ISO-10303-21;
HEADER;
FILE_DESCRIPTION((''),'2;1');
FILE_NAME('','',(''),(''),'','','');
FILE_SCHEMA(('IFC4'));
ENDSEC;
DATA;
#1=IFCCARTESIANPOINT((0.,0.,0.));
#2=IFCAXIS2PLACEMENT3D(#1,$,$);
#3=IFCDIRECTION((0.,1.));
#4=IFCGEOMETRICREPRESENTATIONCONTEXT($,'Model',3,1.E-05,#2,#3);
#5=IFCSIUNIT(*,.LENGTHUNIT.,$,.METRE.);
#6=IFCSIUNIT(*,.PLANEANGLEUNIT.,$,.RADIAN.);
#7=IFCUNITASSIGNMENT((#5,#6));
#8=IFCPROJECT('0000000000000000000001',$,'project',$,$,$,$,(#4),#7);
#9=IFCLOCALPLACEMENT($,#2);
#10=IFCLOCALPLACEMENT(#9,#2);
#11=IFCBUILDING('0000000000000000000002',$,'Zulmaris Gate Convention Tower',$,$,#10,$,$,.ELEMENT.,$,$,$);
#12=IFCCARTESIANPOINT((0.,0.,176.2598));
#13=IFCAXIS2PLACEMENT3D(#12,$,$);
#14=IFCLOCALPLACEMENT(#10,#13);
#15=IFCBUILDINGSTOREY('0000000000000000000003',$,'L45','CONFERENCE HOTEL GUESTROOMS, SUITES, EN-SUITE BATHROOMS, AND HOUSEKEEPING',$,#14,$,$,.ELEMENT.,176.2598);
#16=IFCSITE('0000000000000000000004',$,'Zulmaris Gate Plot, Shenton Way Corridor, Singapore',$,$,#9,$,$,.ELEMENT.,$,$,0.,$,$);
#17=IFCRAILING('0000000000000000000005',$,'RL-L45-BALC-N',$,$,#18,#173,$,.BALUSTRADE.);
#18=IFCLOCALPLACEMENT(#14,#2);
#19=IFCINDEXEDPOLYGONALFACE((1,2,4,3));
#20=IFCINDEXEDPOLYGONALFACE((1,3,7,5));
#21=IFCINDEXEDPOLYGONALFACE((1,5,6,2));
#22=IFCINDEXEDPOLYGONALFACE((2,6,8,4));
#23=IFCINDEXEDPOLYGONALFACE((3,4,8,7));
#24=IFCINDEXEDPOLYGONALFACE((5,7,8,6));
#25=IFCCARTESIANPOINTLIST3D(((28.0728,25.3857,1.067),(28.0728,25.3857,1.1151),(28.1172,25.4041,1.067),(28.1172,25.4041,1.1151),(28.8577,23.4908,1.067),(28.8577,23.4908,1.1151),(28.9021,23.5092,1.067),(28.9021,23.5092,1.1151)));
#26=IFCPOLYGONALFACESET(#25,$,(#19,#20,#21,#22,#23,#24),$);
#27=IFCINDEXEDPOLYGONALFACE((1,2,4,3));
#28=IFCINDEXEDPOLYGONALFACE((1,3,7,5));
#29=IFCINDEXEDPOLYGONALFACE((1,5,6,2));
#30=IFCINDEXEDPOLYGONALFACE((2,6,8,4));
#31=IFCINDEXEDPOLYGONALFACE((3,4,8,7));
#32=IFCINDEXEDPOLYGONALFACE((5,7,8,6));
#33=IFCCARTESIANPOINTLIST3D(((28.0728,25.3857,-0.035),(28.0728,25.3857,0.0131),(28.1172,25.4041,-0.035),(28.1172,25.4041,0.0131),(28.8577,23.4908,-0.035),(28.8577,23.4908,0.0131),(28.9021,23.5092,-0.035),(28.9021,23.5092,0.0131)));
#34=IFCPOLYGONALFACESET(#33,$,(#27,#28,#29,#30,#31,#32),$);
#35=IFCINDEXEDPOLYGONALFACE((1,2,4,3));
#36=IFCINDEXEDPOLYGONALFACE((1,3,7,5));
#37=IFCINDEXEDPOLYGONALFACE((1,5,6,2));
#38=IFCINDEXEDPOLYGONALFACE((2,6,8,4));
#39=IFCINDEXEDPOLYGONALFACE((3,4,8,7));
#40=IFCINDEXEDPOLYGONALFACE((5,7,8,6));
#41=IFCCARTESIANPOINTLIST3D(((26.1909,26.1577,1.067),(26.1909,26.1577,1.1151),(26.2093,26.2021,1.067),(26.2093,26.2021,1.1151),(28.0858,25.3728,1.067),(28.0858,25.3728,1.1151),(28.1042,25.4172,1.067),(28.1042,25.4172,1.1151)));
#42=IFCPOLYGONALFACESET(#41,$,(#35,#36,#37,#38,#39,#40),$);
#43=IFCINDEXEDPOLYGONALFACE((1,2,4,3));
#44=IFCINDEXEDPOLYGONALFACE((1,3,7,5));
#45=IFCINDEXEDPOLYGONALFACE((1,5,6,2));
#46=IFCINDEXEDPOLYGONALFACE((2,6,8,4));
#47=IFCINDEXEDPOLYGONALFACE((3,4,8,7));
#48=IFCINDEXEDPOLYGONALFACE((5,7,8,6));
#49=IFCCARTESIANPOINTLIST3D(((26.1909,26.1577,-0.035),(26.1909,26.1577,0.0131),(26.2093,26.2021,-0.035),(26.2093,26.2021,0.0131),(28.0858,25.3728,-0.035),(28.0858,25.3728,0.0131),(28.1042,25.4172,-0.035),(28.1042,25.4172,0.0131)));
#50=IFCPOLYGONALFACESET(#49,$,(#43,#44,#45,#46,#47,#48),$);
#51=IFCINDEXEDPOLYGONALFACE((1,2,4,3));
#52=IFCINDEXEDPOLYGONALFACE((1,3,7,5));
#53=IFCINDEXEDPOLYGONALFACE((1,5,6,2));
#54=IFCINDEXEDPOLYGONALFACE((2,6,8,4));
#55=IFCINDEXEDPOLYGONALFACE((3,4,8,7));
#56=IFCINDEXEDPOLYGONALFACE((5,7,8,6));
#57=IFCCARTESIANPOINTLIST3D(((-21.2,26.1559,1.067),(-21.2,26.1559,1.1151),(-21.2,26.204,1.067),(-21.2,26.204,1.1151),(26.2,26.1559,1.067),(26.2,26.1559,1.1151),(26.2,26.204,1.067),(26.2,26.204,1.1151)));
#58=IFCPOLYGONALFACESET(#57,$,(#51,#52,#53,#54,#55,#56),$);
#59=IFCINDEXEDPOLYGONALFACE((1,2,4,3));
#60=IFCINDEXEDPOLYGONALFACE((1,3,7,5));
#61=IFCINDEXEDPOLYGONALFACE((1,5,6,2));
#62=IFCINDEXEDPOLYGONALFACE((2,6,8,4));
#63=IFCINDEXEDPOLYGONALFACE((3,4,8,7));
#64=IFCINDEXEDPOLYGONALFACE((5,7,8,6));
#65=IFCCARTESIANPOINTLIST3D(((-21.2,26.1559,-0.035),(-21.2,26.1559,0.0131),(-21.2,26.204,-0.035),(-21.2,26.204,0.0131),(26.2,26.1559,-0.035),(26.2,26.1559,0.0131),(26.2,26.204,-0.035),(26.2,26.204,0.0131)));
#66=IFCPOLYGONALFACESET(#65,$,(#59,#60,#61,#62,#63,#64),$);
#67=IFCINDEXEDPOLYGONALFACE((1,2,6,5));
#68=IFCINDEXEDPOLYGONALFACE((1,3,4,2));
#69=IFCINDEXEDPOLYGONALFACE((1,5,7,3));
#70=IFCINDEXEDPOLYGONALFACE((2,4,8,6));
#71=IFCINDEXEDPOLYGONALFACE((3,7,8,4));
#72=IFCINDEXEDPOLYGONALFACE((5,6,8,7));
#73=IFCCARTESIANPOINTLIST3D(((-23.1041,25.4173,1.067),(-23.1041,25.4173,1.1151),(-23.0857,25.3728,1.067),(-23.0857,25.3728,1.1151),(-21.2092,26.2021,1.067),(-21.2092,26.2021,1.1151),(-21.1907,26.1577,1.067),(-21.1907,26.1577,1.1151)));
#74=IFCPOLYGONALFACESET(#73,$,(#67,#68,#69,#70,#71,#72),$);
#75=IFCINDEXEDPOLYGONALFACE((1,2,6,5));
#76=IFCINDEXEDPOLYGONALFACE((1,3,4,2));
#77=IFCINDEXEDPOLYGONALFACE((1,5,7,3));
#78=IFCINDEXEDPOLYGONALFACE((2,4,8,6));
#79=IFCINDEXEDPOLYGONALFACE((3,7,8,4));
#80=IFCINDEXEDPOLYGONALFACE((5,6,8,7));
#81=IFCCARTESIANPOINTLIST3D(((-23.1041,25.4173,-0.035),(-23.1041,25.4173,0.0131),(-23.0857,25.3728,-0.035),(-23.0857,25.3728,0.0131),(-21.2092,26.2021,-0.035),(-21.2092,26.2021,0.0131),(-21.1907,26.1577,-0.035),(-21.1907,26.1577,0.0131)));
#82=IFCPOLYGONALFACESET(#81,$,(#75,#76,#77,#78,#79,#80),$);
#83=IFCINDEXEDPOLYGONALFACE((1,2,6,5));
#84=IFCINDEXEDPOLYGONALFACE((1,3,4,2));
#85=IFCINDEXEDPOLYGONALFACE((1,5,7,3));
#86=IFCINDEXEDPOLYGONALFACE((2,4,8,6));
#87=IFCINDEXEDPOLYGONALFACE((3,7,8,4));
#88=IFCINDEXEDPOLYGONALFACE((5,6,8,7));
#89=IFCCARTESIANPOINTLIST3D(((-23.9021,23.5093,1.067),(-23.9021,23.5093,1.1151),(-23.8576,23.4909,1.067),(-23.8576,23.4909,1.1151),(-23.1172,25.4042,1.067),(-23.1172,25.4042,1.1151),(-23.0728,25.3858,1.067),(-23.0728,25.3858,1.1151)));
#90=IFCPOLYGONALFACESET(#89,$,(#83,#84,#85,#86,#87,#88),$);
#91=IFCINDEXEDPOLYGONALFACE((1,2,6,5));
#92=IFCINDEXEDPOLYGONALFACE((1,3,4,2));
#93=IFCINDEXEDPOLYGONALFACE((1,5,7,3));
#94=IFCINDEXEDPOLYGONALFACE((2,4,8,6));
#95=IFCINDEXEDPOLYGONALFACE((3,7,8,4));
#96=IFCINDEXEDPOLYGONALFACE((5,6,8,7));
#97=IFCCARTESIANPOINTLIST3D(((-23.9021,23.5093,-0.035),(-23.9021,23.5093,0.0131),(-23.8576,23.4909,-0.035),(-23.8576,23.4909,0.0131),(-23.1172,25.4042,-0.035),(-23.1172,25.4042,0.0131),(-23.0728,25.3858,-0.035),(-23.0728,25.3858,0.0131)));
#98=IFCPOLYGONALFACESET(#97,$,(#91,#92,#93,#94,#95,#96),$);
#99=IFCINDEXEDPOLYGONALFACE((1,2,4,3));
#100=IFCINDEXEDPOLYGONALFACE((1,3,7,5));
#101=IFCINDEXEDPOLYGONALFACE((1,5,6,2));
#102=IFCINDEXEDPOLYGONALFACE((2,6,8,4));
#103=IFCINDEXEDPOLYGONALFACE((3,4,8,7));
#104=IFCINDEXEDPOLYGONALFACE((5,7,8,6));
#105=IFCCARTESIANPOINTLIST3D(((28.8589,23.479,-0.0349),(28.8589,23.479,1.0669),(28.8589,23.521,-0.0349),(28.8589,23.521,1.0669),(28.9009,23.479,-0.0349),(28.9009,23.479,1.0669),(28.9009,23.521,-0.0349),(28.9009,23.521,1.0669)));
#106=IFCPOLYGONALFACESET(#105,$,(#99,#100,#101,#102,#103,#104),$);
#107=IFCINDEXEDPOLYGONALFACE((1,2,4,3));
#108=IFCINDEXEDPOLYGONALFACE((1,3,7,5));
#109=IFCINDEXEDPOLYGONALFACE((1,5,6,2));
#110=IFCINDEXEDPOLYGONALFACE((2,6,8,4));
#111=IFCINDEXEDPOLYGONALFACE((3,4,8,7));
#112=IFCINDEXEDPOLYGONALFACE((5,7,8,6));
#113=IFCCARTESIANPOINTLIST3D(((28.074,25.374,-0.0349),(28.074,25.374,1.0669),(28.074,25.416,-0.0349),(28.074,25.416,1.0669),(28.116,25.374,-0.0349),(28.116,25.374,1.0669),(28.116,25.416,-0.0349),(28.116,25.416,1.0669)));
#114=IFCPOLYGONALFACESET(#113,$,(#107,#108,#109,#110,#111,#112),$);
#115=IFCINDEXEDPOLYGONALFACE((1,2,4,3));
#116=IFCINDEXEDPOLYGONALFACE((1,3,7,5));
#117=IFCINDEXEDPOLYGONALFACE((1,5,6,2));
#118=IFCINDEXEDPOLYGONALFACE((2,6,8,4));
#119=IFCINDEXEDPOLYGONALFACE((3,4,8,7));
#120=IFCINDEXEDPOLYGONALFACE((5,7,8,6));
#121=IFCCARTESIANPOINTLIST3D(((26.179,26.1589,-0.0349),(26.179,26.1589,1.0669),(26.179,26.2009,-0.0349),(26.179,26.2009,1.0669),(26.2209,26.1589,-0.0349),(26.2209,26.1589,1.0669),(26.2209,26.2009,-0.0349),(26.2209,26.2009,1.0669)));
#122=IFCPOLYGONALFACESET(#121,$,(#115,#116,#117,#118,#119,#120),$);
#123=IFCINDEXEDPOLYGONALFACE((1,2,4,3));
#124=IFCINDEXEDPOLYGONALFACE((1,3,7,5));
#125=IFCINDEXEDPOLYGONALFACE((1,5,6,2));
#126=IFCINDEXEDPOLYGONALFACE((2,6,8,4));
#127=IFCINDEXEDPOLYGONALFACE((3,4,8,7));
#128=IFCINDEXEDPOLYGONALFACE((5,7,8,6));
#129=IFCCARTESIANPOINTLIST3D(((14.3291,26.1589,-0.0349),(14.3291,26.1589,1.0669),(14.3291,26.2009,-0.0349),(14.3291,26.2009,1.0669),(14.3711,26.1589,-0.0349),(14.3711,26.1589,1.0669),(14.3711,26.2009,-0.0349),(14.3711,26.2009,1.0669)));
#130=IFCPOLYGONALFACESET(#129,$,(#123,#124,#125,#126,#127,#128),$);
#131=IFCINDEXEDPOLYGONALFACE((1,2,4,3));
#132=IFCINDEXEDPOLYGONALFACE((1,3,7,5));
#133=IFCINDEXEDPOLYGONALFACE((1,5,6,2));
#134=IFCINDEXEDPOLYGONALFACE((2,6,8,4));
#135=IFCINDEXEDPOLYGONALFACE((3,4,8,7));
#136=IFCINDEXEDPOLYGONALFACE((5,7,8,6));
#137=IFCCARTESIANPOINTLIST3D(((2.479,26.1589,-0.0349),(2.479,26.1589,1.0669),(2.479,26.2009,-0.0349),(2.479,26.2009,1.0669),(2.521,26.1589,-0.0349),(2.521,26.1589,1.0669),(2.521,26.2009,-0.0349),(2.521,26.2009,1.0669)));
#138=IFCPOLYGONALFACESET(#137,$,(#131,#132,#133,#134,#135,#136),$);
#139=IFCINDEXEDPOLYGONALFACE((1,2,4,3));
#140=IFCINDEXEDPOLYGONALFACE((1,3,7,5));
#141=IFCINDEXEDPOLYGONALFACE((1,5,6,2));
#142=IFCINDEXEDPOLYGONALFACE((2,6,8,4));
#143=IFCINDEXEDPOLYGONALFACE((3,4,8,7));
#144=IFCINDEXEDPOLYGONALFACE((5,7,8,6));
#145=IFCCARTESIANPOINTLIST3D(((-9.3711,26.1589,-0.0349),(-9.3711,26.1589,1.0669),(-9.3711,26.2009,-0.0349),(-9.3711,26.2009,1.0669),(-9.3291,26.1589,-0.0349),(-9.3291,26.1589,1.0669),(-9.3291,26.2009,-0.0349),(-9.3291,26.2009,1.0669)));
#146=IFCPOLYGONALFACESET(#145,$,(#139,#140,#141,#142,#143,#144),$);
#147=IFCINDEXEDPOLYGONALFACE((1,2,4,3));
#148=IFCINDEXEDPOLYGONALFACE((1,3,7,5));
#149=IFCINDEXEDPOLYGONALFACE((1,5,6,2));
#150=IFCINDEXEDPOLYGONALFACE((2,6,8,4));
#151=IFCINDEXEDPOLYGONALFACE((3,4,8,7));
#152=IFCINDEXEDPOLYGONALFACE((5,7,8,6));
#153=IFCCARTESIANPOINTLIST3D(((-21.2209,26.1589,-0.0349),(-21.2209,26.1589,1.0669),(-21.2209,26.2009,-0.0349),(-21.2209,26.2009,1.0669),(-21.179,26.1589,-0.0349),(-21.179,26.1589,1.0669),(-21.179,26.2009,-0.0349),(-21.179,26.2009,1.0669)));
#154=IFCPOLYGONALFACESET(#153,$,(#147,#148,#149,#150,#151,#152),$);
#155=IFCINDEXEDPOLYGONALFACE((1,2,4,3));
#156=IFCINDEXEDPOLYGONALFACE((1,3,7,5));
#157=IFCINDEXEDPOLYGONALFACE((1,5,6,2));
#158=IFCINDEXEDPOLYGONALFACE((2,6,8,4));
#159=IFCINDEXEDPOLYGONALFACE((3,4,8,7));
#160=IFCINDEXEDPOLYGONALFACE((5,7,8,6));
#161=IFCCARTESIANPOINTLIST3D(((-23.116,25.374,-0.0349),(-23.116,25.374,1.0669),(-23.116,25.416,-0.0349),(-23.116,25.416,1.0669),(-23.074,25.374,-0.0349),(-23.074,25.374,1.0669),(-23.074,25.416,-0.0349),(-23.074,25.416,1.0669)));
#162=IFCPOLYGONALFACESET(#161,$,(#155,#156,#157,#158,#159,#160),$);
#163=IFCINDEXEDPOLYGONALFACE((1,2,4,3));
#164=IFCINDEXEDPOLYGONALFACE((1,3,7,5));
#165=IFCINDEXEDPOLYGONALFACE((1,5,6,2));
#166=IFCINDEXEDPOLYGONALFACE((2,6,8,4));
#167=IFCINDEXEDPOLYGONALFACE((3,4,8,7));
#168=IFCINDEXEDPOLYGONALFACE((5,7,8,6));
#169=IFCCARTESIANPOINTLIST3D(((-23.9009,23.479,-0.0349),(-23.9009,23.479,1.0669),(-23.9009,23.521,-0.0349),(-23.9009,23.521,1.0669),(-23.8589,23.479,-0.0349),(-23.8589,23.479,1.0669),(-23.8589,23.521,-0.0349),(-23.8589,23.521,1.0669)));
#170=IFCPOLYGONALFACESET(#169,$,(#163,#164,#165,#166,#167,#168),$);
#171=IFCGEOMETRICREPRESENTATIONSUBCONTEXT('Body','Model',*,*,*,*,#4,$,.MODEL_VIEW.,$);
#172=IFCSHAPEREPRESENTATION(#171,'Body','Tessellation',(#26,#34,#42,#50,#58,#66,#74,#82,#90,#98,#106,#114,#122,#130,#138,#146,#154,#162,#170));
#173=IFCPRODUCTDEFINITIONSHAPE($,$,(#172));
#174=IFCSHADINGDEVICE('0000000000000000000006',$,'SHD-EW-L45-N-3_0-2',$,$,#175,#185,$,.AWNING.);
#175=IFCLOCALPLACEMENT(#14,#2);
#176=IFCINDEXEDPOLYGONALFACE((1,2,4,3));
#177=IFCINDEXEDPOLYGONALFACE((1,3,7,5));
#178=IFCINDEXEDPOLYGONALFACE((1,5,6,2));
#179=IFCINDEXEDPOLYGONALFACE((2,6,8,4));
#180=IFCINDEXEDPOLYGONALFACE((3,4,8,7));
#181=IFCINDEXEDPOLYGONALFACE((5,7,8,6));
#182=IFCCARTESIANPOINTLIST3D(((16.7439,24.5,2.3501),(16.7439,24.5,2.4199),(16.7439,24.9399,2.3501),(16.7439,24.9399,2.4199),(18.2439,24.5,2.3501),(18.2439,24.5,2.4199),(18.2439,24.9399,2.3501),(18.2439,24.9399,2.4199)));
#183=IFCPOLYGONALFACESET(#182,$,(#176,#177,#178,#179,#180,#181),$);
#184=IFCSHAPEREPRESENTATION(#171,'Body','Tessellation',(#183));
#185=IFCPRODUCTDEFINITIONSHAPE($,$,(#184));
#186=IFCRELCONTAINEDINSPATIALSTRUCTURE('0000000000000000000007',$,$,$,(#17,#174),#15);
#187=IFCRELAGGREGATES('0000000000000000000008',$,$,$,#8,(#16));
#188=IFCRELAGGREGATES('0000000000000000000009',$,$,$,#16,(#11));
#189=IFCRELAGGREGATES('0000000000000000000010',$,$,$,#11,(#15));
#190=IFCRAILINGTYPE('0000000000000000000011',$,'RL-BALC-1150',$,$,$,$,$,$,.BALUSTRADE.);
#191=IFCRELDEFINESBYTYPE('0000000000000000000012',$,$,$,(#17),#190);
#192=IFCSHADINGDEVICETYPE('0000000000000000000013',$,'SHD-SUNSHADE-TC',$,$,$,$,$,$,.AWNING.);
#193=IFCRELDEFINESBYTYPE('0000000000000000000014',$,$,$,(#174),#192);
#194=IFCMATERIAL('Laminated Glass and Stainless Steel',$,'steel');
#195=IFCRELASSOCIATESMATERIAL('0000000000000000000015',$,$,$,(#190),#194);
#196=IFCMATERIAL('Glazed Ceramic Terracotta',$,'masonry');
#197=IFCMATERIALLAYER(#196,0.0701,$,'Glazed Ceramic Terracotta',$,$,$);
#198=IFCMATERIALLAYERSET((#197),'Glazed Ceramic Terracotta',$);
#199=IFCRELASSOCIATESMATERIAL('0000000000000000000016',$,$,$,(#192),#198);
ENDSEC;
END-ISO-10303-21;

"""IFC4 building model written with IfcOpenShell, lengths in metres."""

from ifc_helpers import new_model, si_unit, direction, frame, frame_2d, origin, origin_2d, place, context, subcontext, project, spatial, rectangle, extrude, material, layer, layer_set, type_object, element, save


model = new_model("IFC4")

# Units and contexts
model_context = context("Model", 3, precision=1e-05, world=origin(), true_north=direction((0.0, 1.0)))
body_context = subcontext(model_context, "Body", "Model", "MODEL_VIEW")
ifc_project = project(units=[si_unit("LENGTHUNIT", "METRE"), si_unit("PLANEANGLEUNIT", "RADIAN")], contexts=[model_context])

# Site, building, storey
site_placement = place(None, origin())
site = spatial("IfcSite", under=ifc_project, at=site_placement, Name="Zulmaris Gate Plot, Shenton Way Corridor, Singapore", CompositionType="ELEMENT", RefElevation=0.0)
building_placement = place(site_placement, origin())
building = spatial("IfcBuilding", under=site, at=building_placement, Name="Zulmaris Gate Convention Tower", CompositionType="ELEMENT")
storey_placement = place(building_placement, frame((0.0, 0.0, 176.2598)))
storey = spatial("IfcBuildingStorey", under=building, at=storey_placement, Name="L45", Description="CONFERENCE HOTEL GUESTROOMS, SUITES, EN-SUITE BATHROOMS, AND HOUSEKEEPING", CompositionType="ELEMENT", Elevation=176.2598)

# Railing
ifc_material_1 = material(Name="Laminated Glass and Stainless Steel", Category="steel")
railing_type = type_object("IfcRailingType", Name="RL-BALC-1150", PredefinedType="BALUSTRADE", material=ifc_material_1)
railing_placement = place(storey_placement, frame((28.8799, 23.5, -0.0349)))
element("IfcRailing", 1, at=railing_placement, inside=storey, type_object=railing_type, Name="RL-L45-BALC-N", PredefinedType="BALUSTRADE", context=body_context, shape_type="SweptSolid", body=[
    extrude(rectangle(XDim=0.0481, YDim=0.0481, at=origin_2d()), frame((0.0, 0.0, 1.126), z_axis=(-0.382671, 0.923885, 0.0), x_axis=(-0.923885, -0.382671, 0.0)), (0.0, 0.0, 1.0), 2.051),
    extrude(rectangle(XDim=0.0481, YDim=0.0481, at=origin_2d()), frame((0.0, 0.0, 0.0239), z_axis=(-0.382671, 0.923885, 0.0), x_axis=(-0.923885, -0.382671, 0.0)), (0.0, 0.0, 1.0), 2.051),
    extrude(rectangle(XDim=0.0481, YDim=0.0481, at=origin_2d()), frame((-0.7849, 1.895, 1.126), z_axis=(-0.923885, 0.382671, 0.0), x_axis=(-0.382671, -0.923885, 0.0)), (0.0, 0.0, 1.0), 2.051),
    extrude(rectangle(XDim=0.0481, YDim=0.0481, at=origin_2d()), frame((-0.7849, 1.895, 0.0239), z_axis=(-0.923885, 0.382671, 0.0), x_axis=(-0.382671, -0.923885, 0.0)), (0.0, 0.0, 1.0), 2.051),
    extrude(rectangle(XDim=0.0481, YDim=0.0481, at=origin_2d()), frame((-2.6799, 2.6799, 1.126), z_axis=(-1.0, 0.0, 0.0), x_axis=(0.0, -1.0, 0.0)), (0.0, 0.0, 1.0), 47.3999),
    extrude(rectangle(XDim=0.0481, YDim=0.0481, at=origin_2d()), frame((-2.6799, 2.6799, 0.0239), z_axis=(-1.0, 0.0, 0.0), x_axis=(0.0, -1.0, 0.0)), (0.0, 0.0, 1.0), 47.3999),
    extrude(rectangle(XDim=0.0481, YDim=0.0481, at=origin_2d()), frame((-50.0798, 2.6799, 1.126), z_axis=(-0.923885, -0.382671, 0.0), x_axis=(0.382671, -0.923885, 0.0)), (0.0, 0.0, 1.0), 2.051),
    extrude(rectangle(XDim=0.0481, YDim=0.0481, at=origin_2d()), frame((-50.0798, 2.6799, 0.0239), z_axis=(-0.923885, -0.382671, 0.0), x_axis=(0.382671, -0.923885, 0.0)), (0.0, 0.0, 1.0), 2.051),
    extrude(rectangle(XDim=0.0481, YDim=0.0481, at=origin_2d()), frame((-51.9749, 1.895, 1.126), z_axis=(-0.382671, -0.923885, 0.0), x_axis=(0.923885, -0.382671, 0.0)), (0.0, 0.0, 1.0), 2.051),
    extrude(rectangle(XDim=0.0481, YDim=0.0481, at=origin_2d()), frame((-51.9749, 1.895, 0.0239), z_axis=(-0.382671, -0.923885, 0.0), x_axis=(0.923885, -0.382671, 0.0)), (0.0, 0.0, 1.0), 2.051),
    extrude(rectangle(XDim=0.042, YDim=0.042, at=origin_2d()), origin(), (0.0, 0.0, 1.0), 1.1018),
    extrude(rectangle(XDim=0.042, YDim=0.042, at=origin_2d()), frame((-0.7849, 1.895, 0.0)), (0.0, 0.0, 1.0), 1.1018),
    extrude(rectangle(XDim=0.042, YDim=0.042, at=origin_2d()), frame((-2.6799, 2.6799, 0.0)), (0.0, 0.0, 1.0), 1.1018),
    extrude(rectangle(XDim=0.042, YDim=0.042, at=origin_2d()), frame((-14.5298, 2.6799, 0.0)), (0.0, 0.0, 1.0), 1.1018),
    extrude(rectangle(XDim=0.042, YDim=0.042, at=origin_2d()), frame((-26.3799, 2.6799, 0.0)), (0.0, 0.0, 1.0), 1.1018),
    extrude(rectangle(XDim=0.042, YDim=0.042, at=origin_2d()), frame((-38.23, 2.6799, 0.0)), (0.0, 0.0, 1.0), 1.1018),
    extrude(rectangle(XDim=0.042, YDim=0.042, at=origin_2d()), frame((-50.0798, 2.6799, 0.0)), (0.0, 0.0, 1.0), 1.1018),
    extrude(rectangle(XDim=0.042, YDim=0.042, at=origin_2d()), frame((-51.9749, 1.895, 0.0)), (0.0, 0.0, 1.0), 1.1018),
    extrude(rectangle(XDim=0.042, YDim=0.042, at=origin_2d()), frame((-52.7598, 0.0, 0.0)), (0.0, 0.0, 1.0), 1.1018),
])

# Shading device
ifc_material_2 = material(Name="Glazed Ceramic Terracotta", Category="masonry")
ifc_layer_1 = layer(ifc_material_2, 0.0701, Name="Glazed Ceramic Terracotta")
ifc_layer_set_1 = layer_set([ifc_layer_1], Name="Glazed Ceramic Terracotta")
shading_device_type = type_object("IfcShadingDeviceType", Name="SHD-SUNSHADE-TC", PredefinedType="AWNING", material=ifc_layer_set_1)
shading_device_placement = place(storey_placement, frame((18.2439, 24.72, 2.3501), z_axis=(0.0, 0.0, 1.0), x_axis=(-1.0, 0.0, 0.0)))
element("IfcShadingDevice", 2, at=shading_device_placement, inside=storey, type_object=shading_device_type, Name="SHD-EW-L45-N-3_0-2", PredefinedType="AWNING", context=body_context, shape_type="SweptSolid", body=[
    extrude(rectangle(XDim=1.5, YDim=0.4399, at=frame_2d((0.75, 0.0))), origin(), (0.0, 0.0, 1.0), 0.0698),
])

save(model, "model.ifc")
